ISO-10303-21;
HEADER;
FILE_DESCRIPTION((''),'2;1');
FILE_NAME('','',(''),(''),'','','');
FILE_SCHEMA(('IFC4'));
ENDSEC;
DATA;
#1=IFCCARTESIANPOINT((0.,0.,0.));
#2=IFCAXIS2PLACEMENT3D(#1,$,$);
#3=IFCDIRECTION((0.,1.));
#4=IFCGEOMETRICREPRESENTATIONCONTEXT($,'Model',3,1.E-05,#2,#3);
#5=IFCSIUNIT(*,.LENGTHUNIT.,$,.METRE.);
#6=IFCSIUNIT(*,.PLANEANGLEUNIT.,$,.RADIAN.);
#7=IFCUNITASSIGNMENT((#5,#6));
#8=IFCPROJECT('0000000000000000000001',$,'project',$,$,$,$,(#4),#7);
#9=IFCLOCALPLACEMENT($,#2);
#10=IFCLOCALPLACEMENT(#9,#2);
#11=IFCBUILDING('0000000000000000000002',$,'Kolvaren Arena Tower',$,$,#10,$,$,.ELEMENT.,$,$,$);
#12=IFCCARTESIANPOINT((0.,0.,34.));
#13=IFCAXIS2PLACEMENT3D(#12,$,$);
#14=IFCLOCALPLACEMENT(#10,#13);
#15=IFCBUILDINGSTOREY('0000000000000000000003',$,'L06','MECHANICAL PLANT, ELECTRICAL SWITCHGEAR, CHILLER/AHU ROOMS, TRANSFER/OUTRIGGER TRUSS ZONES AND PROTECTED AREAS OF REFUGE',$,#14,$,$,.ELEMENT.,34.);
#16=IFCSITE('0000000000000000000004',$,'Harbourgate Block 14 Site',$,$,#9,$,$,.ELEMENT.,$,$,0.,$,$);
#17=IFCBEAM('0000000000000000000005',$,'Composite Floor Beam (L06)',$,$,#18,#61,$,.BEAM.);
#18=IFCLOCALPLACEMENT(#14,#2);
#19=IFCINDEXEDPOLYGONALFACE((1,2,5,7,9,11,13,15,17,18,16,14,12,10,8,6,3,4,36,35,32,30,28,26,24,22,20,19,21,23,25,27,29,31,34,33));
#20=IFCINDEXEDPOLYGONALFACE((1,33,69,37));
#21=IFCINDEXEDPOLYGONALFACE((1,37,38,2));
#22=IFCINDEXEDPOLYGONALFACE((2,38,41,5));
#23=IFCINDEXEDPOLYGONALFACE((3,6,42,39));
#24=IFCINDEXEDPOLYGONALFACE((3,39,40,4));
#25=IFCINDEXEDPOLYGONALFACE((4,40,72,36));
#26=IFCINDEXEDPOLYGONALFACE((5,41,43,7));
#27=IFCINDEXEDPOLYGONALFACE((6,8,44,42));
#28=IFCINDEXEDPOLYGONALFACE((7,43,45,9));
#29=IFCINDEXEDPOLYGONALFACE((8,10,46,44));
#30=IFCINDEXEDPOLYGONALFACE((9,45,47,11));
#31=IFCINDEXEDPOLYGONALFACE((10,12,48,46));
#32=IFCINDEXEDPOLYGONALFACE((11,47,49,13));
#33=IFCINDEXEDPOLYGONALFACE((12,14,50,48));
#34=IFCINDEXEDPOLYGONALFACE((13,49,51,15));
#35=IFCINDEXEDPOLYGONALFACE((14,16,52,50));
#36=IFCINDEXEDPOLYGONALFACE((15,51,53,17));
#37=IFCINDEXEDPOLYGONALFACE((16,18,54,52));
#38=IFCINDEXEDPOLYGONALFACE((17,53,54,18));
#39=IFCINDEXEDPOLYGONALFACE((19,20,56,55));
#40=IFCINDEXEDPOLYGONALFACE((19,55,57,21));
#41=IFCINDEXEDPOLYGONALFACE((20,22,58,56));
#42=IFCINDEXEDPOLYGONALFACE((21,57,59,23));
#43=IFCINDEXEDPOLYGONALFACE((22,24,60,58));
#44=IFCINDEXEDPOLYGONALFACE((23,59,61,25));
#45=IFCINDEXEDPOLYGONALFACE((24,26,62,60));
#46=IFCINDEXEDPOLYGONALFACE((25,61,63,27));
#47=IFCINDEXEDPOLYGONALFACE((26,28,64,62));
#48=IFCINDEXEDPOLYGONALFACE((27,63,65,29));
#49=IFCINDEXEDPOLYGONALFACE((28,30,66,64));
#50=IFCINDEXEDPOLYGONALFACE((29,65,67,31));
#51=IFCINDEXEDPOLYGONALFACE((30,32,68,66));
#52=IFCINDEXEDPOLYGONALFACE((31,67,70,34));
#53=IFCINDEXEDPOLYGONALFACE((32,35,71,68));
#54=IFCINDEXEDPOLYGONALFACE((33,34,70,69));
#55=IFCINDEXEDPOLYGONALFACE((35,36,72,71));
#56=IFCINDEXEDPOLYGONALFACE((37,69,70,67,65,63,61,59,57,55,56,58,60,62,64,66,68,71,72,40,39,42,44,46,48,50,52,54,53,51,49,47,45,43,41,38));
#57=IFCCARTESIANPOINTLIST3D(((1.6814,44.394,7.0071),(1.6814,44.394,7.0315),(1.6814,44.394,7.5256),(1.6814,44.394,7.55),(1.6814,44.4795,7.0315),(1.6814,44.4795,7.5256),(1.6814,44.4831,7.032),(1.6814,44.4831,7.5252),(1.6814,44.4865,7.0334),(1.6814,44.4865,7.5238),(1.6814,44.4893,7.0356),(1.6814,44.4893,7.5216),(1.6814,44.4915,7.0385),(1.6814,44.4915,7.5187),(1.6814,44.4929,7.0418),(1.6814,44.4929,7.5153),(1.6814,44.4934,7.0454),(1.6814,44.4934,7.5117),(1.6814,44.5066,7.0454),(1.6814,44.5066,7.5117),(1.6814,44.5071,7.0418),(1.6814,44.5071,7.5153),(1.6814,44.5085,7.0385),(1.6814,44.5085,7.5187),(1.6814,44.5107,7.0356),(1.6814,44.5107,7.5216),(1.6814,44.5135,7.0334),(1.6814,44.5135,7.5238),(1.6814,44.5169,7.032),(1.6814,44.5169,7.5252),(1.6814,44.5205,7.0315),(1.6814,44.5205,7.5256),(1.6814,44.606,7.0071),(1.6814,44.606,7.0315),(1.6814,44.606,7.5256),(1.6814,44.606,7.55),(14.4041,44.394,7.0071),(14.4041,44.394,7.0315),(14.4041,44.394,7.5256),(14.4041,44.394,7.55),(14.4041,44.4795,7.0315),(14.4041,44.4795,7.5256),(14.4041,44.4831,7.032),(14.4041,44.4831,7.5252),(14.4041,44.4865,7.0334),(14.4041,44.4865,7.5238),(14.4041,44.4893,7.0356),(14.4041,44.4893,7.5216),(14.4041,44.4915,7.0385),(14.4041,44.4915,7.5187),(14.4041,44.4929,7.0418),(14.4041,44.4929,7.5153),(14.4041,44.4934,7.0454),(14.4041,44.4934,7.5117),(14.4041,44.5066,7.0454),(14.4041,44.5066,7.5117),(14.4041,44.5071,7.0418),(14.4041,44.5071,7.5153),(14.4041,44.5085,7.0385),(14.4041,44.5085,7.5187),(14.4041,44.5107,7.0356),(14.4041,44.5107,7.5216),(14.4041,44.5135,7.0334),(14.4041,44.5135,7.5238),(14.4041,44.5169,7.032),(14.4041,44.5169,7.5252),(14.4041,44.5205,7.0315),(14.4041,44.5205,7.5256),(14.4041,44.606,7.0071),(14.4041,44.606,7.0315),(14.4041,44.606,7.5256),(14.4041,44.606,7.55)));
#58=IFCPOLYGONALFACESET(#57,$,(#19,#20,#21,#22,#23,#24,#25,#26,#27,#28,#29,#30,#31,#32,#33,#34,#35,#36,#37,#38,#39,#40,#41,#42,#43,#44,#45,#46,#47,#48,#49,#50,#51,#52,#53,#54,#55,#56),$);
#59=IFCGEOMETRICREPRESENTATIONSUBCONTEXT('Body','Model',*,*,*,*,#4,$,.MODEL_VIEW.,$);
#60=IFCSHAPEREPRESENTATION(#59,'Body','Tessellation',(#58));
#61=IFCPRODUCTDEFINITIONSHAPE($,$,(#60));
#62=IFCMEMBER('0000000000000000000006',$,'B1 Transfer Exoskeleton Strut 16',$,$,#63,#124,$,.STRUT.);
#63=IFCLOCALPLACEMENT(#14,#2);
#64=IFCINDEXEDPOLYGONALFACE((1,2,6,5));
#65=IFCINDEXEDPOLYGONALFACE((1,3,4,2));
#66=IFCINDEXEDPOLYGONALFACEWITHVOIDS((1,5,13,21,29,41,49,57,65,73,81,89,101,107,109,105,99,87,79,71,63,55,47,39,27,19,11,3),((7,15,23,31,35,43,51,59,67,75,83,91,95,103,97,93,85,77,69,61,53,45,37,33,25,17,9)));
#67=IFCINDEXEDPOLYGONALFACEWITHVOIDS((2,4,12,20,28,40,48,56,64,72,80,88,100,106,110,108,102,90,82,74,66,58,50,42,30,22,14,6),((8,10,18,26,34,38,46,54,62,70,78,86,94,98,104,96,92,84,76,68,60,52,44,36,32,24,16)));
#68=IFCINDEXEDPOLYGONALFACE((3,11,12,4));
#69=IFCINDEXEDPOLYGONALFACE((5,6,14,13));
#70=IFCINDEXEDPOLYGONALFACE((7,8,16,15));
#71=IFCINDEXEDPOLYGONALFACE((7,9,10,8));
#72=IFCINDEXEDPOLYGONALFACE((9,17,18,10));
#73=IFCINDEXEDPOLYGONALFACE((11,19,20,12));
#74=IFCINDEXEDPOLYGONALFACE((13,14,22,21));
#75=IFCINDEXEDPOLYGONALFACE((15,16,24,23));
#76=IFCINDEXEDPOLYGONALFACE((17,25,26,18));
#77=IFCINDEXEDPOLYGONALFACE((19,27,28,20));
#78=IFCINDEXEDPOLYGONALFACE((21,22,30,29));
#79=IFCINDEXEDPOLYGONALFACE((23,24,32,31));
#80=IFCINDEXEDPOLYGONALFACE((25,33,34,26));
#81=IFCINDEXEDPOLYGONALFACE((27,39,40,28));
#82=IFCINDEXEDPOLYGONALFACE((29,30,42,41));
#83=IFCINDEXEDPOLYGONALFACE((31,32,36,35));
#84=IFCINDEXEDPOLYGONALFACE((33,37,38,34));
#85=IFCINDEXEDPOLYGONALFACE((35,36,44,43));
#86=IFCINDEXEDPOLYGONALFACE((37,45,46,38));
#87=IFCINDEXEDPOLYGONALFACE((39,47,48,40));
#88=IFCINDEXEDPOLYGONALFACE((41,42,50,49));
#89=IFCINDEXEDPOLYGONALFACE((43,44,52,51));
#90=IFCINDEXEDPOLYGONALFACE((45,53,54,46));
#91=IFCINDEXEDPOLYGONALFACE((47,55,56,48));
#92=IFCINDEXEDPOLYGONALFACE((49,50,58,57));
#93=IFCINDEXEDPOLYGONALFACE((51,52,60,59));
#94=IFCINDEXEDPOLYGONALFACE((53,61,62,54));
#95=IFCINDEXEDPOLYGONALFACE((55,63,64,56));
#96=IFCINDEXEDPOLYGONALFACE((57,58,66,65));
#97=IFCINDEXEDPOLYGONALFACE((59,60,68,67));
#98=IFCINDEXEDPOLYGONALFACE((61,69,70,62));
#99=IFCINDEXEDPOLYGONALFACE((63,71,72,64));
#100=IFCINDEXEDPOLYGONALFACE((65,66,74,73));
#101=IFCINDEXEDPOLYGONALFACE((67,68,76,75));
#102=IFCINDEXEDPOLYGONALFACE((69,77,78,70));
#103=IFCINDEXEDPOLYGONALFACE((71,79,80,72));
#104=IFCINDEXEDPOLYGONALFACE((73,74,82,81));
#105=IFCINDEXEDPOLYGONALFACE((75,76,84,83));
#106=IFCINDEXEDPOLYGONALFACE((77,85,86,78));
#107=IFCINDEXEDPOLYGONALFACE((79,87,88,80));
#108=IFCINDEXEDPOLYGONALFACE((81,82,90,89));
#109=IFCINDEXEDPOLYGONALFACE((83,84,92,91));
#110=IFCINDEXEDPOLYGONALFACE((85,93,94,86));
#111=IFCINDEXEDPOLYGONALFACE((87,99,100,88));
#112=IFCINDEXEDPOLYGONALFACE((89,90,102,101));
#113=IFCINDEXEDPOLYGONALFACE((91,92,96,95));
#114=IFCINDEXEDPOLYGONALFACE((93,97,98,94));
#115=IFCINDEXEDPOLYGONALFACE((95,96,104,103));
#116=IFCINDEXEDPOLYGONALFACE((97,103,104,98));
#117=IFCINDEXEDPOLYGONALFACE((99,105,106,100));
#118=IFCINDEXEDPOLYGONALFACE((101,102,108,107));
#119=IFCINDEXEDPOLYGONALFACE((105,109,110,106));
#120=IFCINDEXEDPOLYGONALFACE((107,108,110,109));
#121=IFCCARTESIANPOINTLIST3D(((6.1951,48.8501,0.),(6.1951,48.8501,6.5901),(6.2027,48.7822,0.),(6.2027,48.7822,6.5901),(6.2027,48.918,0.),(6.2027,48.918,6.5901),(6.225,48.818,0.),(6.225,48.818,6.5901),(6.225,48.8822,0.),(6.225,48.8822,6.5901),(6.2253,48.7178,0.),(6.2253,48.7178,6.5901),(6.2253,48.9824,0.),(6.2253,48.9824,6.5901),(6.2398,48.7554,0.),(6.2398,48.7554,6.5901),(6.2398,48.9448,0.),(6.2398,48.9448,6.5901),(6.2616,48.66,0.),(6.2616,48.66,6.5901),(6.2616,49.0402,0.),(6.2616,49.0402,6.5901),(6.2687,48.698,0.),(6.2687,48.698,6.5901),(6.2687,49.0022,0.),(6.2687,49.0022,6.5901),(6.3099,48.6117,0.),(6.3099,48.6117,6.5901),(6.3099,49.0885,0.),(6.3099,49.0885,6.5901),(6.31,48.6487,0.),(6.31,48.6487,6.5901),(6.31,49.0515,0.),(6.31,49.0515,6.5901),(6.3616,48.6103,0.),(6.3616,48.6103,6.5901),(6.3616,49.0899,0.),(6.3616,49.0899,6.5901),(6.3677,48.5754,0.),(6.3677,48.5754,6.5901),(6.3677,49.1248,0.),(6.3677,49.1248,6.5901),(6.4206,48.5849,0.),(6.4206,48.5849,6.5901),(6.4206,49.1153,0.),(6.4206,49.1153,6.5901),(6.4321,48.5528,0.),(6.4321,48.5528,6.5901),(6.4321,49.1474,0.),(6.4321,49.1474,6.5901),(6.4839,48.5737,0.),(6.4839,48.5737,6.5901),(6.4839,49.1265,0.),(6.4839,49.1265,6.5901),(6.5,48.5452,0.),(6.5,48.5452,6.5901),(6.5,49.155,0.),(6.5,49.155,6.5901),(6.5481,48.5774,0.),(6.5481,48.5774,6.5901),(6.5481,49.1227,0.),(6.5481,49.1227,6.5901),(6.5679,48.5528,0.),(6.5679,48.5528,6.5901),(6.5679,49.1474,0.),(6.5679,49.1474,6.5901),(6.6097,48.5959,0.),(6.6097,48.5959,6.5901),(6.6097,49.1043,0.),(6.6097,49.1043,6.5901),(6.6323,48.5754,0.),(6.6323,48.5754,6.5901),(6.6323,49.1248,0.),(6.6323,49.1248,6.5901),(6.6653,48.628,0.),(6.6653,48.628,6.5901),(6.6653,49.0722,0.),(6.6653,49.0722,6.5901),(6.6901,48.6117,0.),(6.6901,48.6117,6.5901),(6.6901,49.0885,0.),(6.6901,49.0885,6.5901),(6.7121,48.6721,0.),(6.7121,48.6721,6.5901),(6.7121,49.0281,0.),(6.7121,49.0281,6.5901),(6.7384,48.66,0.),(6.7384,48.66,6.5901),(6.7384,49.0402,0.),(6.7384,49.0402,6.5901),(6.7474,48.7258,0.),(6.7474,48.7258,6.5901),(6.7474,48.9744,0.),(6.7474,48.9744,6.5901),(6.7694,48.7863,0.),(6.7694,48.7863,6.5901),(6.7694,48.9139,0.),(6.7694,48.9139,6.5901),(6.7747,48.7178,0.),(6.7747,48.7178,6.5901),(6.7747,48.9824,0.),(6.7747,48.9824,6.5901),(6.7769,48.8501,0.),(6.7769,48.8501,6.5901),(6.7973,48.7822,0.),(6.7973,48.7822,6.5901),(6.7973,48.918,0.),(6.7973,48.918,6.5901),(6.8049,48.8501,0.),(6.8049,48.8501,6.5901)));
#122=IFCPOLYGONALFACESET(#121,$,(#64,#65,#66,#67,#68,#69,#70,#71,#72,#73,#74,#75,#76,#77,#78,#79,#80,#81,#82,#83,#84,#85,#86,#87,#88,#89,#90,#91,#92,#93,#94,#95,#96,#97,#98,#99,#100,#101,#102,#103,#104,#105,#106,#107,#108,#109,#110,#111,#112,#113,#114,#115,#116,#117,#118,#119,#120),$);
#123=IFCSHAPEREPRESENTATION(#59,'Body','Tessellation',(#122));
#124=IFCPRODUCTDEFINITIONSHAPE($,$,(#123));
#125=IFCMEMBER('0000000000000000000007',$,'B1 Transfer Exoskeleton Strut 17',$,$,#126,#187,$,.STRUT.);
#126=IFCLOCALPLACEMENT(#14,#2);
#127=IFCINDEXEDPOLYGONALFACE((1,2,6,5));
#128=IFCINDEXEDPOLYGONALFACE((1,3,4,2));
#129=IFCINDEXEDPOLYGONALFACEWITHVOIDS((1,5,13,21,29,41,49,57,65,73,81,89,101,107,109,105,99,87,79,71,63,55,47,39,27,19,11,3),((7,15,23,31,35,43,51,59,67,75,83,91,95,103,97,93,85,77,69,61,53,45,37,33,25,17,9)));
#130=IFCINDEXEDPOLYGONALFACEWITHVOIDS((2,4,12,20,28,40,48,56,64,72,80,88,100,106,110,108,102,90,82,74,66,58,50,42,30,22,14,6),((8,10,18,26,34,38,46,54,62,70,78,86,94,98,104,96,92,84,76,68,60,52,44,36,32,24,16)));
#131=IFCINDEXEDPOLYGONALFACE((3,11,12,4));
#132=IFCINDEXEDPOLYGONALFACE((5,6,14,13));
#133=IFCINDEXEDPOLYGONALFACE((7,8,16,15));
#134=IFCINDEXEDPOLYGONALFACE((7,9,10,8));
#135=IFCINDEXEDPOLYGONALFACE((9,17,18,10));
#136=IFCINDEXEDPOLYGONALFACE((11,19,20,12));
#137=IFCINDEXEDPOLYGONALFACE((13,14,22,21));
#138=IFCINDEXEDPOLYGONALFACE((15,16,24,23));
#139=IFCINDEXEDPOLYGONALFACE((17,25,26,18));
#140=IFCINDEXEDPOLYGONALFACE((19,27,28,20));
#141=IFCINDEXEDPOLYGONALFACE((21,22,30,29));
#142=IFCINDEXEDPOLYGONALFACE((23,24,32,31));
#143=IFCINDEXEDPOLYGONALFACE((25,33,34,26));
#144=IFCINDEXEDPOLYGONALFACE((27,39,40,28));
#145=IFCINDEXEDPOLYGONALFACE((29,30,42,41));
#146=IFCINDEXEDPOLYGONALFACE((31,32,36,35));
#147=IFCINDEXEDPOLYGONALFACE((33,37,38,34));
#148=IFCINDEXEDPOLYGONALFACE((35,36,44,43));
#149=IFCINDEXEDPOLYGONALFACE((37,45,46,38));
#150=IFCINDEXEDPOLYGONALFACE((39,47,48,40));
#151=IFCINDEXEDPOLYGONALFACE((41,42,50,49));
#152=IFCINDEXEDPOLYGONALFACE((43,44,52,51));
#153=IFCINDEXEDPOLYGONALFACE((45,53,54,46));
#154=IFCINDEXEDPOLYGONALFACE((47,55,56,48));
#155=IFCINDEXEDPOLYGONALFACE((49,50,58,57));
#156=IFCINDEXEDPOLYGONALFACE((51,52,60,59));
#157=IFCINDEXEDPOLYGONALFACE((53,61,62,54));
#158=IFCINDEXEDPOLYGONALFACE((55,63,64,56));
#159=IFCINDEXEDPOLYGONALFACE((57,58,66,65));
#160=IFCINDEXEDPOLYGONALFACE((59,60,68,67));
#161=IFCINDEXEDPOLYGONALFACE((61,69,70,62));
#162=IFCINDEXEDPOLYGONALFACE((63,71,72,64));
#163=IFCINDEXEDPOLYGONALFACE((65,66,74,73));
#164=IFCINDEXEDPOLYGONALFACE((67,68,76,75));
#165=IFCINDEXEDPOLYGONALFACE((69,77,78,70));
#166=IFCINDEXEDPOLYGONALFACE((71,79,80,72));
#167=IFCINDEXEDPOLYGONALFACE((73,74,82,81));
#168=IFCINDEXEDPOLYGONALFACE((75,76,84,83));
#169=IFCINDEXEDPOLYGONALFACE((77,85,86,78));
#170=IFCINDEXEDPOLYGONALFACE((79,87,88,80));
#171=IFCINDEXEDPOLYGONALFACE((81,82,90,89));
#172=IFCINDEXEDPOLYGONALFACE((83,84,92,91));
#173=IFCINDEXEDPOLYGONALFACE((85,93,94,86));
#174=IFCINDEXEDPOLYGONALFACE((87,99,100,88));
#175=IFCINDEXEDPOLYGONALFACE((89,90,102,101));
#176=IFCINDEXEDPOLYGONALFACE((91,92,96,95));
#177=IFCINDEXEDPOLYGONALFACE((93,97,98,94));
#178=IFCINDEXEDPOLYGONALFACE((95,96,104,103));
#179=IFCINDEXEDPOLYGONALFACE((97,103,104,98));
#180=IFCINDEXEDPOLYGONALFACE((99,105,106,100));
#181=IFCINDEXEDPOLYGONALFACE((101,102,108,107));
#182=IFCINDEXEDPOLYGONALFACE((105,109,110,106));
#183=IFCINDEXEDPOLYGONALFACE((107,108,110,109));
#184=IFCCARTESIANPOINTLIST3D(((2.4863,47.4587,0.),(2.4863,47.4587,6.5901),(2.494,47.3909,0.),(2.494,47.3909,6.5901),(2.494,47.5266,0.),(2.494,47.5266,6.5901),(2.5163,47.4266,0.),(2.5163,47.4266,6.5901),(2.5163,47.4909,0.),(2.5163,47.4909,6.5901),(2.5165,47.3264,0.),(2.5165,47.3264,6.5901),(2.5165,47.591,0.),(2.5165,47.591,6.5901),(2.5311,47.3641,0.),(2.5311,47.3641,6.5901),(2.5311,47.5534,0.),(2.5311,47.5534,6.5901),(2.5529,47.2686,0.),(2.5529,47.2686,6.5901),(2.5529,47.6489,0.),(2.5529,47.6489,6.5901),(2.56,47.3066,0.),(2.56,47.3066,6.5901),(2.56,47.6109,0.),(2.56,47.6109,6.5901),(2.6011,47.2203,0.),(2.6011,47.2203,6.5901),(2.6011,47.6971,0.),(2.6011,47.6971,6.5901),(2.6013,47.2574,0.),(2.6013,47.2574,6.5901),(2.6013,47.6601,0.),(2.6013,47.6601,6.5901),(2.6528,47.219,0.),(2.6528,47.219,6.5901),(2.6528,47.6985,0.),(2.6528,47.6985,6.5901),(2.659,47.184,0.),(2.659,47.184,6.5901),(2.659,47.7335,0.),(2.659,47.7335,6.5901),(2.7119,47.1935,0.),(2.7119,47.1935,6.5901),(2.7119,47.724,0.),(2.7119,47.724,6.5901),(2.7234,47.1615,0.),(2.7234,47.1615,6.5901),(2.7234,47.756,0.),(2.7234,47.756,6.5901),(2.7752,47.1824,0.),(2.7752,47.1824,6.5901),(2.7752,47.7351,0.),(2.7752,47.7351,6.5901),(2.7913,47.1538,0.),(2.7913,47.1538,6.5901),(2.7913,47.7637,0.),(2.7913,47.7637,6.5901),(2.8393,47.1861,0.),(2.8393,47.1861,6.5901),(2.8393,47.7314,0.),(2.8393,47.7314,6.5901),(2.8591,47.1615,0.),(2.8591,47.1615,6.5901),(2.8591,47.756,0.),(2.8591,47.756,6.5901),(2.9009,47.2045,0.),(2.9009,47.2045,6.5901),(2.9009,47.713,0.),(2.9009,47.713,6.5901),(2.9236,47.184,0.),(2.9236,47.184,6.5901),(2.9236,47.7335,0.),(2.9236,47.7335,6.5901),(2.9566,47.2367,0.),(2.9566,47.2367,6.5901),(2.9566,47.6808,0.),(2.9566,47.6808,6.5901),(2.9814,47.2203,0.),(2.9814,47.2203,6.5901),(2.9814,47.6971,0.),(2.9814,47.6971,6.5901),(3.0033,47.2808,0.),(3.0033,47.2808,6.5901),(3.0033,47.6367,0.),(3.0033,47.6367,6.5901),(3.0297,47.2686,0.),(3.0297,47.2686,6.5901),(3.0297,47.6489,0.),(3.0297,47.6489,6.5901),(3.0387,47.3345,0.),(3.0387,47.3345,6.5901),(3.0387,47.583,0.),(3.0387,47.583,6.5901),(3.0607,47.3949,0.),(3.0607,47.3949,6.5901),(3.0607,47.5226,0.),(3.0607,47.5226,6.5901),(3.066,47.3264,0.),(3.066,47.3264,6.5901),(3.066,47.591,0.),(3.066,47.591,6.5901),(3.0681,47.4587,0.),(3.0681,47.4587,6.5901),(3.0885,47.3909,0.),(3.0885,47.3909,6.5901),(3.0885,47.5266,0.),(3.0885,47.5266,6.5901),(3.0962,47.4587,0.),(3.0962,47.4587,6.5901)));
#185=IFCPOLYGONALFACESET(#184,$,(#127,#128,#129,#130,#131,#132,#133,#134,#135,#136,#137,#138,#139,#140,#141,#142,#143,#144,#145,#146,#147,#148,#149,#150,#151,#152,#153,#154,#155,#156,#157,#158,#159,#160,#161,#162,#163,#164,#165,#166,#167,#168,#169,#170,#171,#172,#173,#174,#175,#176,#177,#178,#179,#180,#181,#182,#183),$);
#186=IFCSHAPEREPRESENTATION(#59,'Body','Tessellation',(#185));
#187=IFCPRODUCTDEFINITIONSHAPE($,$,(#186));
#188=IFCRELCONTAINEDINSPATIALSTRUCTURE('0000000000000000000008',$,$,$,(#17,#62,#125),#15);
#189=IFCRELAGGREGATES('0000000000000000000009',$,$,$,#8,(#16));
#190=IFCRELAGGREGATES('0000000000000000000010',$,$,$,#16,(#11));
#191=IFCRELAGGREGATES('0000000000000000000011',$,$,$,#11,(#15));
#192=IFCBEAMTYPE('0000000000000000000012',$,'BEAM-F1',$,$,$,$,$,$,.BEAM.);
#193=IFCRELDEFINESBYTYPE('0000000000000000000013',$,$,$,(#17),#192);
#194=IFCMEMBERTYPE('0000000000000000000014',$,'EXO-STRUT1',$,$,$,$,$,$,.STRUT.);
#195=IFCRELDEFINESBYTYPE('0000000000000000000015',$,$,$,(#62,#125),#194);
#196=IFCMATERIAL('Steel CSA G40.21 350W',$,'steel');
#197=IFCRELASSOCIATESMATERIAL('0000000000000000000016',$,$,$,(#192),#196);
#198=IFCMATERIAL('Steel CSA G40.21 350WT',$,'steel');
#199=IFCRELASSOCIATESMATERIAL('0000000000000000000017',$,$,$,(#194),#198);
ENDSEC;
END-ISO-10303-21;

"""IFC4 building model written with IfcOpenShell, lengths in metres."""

from ifc_helpers import new_model, si_unit, direction, frame, origin, origin_2d, place, context, subcontext, project, spatial, hollow_circle, i_section, extrude, material, material_profile, profile_set, type_object, element, save


model = new_model("IFC4")

# Units and contexts
model_context = context("Model", 3, precision=1e-05, world=origin(), true_north=direction((0.0, 1.0)))
body_context = subcontext(model_context, "Body", "Model", "MODEL_VIEW")
ifc_project = project(units=[si_unit("LENGTHUNIT", "METRE"), si_unit("PLANEANGLEUNIT", "RADIAN")], contexts=[model_context])

# Site, building, storey
site_placement = place(None, origin())
site = spatial("IfcSite", under=ifc_project, at=site_placement, Name="Harbourgate Block 14 Site", CompositionType="ELEMENT", RefElevation=0.0)
building_placement = place(site_placement, origin())
building = spatial("IfcBuilding", under=site, at=building_placement, Name="Kolvaren Arena Tower", CompositionType="ELEMENT")
storey_placement = place(building_placement, frame((0.0, 0.0, 34.0)))
storey = spatial("IfcBuildingStorey", under=building, at=storey_placement, Name="L06", Description="MECHANICAL PLANT, ELECTRICAL SWITCHGEAR, CHILLER/AHU ROOMS, TRANSFER/OUTRIGGER TRUSS ZONES AND PROTECTED AREAS OF REFUGE", CompositionType="ELEMENT", Elevation=34.0)

# Beam
ifc_material_1 = material(Name="Steel CSA G40.21 350W", Category="steel")
ifc_material_profile_1 = material_profile(ifc_material_1, i_section(OverallWidth=0.2119, OverallDepth=0.543, WebThickness=0.0132, FlangeThickness=0.0244, FilletRadius=0.0139, at=origin_2d()), Name="W530x150")
ifc_profile_set_1 = profile_set([ifc_material_profile_1], Name="Steel CSA G40.21 350W")
beam_type_1 = type_object("IfcBeamType", Name="BEAM-F1", PredefinedType="BEAM", material=ifc_profile_set_1)
beam_1_placement = place(storey_placement, frame((1.6814, 44.5, 7.2786), z_axis=(1.0, 0.0, 0.0), x_axis=(0.0, 1.0, 0.0)))
element("IfcBeam", 1, at=beam_1_placement, inside=storey, type_object=beam_type_1, Name="Composite Floor Beam (L06)", PredefinedType="BEAM", context=body_context, shape_type="SweptSolid", body=[
    extrude(i_section(OverallWidth=0.2119, OverallDepth=0.543, WebThickness=0.0132, FlangeThickness=0.0244, FilletRadius=0.0139, at=origin_2d()), origin(), (0.0, 0.0, 1.0), 12.7227),
])

# Members
ifc_material_2 = material(Name="Steel CSA G40.21 350WT", Category="steel")
ifc_material_profile_2 = material_profile(ifc_material_2, hollow_circle(Radius=0.3049, WallThickness=0.0281, at=origin_2d()), Name="CHS 610x28")
ifc_profile_set_2 = profile_set([ifc_material_profile_2], Name="Steel CSA G40.21 350WT")
member_type = type_object("IfcMemberType", Name="EXO-STRUT1", PredefinedType="STRUT", material=ifc_profile_set_2)
for number, where, z_axis, x_axis, name in (
    (2, (6.5, 48.8501, 0.0), (0.0, 0.0, 1.0), (1.0, 0.0, 0.0), "B1 Transfer Exoskeleton Strut 16"),
    (3, (2.7913, 47.4587, 0.0), (0.0, 0.0, 1.0), (1.0, 0.0, 0.0), "B1 Transfer Exoskeleton Strut 17"),
):
    element("IfcMember", number, at=place(storey_placement, frame(where, z_axis=z_axis, x_axis=x_axis)), inside=storey, type_object=member_type, Name=name, PredefinedType="STRUT", context=body_context, shape_type="SweptSolid", body=[
        extrude(hollow_circle(Radius=0.3049, WallThickness=0.0281, at=origin_2d()), origin(), (0.0, 0.0, 1.0), 6.5901),
    ])

save(model, "model.ifc")
